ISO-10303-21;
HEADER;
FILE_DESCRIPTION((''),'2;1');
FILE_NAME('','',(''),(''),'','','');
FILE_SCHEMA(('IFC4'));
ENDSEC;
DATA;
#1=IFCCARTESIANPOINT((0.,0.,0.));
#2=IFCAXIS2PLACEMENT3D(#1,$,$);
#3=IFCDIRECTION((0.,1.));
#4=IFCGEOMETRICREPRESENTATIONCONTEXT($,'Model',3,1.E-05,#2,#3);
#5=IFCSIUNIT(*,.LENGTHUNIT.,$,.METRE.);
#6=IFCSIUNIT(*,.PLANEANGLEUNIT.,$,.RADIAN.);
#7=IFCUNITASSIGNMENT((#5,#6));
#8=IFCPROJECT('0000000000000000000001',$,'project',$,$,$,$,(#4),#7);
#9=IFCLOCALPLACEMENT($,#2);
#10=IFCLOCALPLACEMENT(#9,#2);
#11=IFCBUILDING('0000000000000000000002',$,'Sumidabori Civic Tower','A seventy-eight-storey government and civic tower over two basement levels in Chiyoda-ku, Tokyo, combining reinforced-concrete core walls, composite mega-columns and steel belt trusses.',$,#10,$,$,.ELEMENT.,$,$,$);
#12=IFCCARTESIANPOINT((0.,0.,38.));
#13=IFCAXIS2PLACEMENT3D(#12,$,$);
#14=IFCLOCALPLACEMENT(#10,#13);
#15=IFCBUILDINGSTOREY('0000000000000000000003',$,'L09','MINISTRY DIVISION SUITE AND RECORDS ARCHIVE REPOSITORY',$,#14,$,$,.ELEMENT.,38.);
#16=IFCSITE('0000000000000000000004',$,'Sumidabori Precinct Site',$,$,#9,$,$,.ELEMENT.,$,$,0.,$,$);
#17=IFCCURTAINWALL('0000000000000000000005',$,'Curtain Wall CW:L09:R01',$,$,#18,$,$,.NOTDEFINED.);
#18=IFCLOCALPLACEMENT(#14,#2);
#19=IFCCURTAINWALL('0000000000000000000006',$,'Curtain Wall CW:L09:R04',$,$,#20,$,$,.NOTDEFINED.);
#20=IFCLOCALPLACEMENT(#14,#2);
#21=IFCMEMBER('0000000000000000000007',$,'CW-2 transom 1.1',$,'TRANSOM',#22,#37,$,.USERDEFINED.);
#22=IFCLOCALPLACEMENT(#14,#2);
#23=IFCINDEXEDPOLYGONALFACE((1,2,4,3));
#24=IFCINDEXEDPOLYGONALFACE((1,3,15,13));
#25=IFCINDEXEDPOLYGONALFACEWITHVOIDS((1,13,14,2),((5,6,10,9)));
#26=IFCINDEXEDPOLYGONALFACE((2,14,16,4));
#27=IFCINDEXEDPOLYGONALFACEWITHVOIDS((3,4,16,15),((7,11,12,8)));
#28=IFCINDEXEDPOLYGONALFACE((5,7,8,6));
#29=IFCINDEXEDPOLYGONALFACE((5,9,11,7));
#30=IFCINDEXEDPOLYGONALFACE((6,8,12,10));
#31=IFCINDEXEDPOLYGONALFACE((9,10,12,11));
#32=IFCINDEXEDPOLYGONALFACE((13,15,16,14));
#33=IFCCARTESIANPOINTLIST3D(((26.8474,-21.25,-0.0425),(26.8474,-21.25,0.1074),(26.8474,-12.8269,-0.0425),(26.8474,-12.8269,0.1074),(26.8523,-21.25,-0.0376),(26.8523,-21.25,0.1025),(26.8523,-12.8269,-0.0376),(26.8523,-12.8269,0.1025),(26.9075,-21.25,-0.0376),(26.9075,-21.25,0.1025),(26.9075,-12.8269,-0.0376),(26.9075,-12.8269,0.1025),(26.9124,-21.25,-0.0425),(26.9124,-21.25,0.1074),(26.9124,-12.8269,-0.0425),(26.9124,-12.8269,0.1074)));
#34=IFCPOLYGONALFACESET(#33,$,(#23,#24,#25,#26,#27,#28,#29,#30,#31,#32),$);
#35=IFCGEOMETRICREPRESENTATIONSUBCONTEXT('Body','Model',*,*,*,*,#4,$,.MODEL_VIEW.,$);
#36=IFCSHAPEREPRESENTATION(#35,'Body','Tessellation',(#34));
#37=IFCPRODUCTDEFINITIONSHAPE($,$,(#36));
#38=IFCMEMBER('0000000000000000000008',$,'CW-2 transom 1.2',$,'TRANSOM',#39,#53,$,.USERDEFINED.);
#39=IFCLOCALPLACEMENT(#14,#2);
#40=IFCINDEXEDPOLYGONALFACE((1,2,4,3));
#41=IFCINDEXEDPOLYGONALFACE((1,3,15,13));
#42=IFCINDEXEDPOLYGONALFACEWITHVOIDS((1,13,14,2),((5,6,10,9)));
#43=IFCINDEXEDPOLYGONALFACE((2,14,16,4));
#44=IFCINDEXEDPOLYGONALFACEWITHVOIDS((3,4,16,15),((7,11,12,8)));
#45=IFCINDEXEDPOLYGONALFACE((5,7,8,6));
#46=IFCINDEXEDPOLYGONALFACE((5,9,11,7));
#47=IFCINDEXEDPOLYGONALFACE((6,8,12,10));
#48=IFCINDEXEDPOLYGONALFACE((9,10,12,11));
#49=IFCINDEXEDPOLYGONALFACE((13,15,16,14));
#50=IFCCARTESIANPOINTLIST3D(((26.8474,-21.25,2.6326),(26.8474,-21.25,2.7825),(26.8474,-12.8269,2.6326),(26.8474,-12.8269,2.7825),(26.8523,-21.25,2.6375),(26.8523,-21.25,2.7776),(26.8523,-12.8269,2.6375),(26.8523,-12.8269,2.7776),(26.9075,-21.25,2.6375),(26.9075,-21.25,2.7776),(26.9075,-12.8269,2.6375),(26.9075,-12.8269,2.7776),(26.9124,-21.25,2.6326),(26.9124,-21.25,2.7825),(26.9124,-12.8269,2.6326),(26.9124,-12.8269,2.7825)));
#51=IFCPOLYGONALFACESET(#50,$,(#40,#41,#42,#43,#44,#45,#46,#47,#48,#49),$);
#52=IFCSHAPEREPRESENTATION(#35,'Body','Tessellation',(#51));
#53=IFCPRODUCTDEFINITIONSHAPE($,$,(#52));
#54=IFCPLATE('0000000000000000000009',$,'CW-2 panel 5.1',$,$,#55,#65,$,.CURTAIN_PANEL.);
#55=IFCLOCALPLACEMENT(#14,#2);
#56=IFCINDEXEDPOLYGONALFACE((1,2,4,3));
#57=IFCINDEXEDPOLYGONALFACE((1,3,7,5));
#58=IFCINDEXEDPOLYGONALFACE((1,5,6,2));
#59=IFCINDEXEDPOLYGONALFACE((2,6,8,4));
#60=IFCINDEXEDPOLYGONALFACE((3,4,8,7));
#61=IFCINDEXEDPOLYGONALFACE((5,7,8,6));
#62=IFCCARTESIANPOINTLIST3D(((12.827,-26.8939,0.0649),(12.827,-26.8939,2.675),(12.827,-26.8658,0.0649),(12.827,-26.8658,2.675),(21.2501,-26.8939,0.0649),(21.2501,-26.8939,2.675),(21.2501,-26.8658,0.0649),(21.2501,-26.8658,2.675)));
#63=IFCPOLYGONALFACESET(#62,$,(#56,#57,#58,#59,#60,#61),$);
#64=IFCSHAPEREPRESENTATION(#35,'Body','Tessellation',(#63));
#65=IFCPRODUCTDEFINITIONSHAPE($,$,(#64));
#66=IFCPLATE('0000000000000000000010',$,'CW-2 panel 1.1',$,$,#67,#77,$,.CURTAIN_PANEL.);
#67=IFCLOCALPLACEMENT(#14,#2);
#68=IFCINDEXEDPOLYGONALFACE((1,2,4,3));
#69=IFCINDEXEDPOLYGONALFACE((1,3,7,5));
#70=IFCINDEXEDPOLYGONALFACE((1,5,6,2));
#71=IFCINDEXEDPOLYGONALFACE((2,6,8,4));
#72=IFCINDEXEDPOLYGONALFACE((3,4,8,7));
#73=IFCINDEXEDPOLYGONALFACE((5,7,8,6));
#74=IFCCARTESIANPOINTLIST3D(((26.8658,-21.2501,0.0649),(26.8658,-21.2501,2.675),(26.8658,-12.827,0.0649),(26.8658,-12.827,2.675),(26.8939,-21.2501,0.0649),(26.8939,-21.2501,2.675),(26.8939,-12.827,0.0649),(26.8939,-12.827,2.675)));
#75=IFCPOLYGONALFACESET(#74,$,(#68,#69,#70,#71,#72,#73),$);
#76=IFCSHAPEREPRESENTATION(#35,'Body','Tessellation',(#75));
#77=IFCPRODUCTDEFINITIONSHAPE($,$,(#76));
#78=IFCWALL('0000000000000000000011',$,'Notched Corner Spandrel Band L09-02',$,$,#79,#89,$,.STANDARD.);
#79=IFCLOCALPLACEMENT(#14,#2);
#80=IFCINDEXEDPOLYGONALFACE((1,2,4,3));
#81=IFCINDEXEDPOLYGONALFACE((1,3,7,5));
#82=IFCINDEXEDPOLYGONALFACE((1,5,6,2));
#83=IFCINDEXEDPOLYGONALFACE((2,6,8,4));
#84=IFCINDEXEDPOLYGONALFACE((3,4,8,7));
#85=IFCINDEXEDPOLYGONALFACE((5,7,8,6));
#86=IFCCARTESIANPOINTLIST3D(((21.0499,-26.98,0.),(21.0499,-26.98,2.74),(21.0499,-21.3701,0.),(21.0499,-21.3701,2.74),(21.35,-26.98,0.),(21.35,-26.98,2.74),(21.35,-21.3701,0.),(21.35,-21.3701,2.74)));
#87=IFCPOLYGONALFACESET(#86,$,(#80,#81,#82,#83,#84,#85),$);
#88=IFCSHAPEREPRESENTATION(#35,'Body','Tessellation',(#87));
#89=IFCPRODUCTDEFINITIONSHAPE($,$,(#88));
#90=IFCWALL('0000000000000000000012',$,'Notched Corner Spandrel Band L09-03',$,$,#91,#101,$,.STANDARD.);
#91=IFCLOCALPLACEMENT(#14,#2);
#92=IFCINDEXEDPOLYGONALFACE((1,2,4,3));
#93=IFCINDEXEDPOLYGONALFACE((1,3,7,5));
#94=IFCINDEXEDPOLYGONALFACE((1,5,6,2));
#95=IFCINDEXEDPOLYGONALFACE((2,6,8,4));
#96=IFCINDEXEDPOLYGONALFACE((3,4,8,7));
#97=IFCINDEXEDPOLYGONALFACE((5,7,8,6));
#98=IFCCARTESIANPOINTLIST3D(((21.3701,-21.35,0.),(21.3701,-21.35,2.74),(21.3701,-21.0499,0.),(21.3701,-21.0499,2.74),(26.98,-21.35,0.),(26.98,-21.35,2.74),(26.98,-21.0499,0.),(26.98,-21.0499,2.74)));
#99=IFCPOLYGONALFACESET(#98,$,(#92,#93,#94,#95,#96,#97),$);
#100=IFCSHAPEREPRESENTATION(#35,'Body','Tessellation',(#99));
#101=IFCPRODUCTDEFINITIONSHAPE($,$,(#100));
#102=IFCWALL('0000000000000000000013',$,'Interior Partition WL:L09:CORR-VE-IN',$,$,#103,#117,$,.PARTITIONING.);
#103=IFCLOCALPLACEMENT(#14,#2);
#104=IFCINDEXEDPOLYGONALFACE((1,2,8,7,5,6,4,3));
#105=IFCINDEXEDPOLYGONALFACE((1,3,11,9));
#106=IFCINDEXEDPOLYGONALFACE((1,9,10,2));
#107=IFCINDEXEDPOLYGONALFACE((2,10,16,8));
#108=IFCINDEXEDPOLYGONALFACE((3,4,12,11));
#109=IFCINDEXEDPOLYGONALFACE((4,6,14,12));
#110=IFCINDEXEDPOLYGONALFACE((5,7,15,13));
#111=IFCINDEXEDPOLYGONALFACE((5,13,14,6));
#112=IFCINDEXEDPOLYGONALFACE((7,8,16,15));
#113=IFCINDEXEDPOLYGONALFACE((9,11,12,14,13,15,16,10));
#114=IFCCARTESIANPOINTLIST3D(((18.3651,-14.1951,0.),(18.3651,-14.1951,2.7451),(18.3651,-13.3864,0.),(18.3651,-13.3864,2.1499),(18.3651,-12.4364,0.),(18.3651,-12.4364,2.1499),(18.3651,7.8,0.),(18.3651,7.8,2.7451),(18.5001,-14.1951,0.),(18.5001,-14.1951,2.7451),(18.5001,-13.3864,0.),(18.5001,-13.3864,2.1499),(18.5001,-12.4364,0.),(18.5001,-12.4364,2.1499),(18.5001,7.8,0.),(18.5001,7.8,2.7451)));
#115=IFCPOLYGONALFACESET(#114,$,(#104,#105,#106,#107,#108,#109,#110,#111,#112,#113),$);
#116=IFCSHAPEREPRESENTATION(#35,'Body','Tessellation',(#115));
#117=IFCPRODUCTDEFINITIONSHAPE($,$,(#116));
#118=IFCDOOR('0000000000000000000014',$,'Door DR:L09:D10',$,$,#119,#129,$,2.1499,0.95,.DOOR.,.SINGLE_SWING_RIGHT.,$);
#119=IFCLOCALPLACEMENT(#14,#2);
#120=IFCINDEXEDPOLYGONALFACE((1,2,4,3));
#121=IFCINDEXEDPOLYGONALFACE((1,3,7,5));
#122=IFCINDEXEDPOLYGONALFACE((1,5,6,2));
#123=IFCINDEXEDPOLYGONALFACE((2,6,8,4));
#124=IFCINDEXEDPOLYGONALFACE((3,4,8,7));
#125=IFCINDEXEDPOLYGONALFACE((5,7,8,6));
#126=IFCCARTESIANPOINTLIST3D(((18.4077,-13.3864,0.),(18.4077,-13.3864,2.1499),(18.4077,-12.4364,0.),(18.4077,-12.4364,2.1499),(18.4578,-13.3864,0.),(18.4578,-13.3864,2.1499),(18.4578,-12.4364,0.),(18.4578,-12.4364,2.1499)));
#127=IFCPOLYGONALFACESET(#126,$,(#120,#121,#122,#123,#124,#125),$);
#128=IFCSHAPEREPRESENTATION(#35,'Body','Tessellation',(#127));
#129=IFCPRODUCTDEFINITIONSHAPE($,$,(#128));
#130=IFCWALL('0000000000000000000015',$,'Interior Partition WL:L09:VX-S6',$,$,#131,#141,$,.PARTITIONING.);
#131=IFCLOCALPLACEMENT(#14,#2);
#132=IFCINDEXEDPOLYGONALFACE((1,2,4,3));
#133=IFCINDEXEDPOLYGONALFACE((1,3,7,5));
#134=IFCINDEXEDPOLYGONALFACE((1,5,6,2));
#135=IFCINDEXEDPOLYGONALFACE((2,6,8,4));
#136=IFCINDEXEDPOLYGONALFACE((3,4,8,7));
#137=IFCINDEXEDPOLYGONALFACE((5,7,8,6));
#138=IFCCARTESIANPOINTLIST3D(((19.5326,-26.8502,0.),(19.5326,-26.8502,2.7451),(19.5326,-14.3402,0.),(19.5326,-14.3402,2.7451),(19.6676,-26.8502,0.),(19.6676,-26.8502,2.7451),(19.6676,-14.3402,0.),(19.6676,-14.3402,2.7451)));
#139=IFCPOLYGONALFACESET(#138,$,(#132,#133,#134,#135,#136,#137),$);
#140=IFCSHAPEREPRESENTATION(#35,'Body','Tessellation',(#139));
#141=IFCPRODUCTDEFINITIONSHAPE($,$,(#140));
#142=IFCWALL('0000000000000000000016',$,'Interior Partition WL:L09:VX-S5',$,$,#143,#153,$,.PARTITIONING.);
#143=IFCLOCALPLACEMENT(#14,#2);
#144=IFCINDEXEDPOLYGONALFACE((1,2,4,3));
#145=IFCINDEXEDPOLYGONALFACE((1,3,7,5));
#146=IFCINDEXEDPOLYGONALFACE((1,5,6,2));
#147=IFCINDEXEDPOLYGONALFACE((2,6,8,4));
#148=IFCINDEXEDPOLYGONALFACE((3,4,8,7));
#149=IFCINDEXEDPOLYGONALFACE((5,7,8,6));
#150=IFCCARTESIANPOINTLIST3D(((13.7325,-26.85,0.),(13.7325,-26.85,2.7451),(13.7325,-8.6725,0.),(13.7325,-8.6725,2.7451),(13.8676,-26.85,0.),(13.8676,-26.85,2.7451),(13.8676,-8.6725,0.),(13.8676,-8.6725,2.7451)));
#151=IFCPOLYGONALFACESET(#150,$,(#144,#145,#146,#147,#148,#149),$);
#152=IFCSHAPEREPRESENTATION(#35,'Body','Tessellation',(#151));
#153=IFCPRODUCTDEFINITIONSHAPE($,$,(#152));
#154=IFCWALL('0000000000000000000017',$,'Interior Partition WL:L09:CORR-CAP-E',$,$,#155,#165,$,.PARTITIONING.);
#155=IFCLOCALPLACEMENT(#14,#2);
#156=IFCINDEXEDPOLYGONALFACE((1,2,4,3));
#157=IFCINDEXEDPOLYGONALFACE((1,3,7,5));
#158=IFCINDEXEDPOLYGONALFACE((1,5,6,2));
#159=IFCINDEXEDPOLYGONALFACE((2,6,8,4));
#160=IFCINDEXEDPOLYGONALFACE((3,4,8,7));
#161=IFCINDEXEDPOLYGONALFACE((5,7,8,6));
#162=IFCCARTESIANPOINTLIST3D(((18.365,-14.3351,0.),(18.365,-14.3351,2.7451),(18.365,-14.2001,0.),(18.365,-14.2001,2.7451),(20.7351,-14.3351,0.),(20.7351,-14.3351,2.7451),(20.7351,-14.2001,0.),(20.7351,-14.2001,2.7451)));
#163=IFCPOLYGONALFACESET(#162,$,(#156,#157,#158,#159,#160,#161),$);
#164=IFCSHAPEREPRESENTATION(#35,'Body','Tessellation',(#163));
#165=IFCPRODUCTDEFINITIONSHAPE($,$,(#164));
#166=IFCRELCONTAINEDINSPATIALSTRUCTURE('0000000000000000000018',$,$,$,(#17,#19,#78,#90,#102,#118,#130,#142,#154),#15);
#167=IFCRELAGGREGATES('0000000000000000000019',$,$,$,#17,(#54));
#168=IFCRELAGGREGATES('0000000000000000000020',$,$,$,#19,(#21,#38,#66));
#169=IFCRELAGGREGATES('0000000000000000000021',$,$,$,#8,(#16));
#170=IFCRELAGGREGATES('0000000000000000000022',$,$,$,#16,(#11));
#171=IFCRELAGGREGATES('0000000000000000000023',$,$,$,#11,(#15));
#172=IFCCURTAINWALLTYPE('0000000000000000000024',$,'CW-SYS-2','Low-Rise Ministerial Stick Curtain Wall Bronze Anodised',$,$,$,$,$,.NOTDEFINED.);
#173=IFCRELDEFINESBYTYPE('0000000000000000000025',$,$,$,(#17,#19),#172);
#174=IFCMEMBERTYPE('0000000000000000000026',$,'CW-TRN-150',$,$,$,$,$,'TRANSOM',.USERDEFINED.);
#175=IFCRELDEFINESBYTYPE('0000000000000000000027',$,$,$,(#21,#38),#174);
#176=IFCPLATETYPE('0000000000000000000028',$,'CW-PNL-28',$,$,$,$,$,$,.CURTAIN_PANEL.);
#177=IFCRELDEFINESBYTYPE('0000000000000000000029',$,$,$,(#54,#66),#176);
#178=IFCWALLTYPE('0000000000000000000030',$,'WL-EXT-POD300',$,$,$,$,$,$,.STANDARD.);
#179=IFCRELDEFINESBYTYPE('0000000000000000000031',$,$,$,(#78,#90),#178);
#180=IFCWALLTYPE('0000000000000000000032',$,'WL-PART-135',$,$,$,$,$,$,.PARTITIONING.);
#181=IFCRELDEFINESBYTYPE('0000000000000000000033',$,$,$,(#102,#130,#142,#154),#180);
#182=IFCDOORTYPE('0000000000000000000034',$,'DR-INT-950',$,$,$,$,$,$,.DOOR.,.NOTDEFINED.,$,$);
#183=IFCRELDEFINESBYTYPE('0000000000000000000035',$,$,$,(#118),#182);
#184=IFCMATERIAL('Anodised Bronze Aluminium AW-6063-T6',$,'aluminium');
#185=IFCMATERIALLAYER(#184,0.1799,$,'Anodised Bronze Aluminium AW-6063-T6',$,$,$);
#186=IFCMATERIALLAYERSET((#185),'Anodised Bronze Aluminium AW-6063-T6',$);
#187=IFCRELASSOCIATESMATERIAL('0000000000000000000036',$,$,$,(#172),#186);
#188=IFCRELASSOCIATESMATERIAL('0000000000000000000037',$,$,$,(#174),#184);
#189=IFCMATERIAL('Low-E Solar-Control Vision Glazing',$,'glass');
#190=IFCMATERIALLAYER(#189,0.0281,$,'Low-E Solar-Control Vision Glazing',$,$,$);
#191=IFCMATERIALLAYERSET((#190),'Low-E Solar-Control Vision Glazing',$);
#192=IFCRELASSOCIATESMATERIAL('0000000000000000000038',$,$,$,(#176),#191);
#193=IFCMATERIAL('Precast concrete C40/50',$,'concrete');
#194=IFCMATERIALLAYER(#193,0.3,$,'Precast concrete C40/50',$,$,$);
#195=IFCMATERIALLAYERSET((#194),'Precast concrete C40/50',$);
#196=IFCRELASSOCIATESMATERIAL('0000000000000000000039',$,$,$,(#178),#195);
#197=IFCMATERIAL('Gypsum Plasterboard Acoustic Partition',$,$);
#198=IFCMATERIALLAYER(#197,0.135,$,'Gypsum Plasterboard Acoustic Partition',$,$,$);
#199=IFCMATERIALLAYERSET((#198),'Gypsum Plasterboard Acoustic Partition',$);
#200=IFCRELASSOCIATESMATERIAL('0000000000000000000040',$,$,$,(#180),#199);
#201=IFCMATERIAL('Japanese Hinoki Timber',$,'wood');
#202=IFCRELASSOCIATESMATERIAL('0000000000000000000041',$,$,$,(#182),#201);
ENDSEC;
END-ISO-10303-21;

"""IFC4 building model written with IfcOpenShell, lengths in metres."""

from ifc_helpers import new_model, si_unit, direction, frame, frame_2d, origin, origin_2d, place, context, subcontext, project, spatial, rectangle, hollow_rectangle, extrude, source, transform, mapped, material, layer, layer_set, material_profile, profile_set, type_object, element, fill, aggregate, save


model = new_model("IFC4")

# Units and contexts
model_context = context("Model", 3, precision=1e-05, world=origin(), true_north=direction((0.0, 1.0)))
body_context = subcontext(model_context, "Body", "Model", "MODEL_VIEW")
ifc_project = project(units=[si_unit("LENGTHUNIT", "METRE"), si_unit("PLANEANGLEUNIT", "RADIAN")], contexts=[model_context])

# Site, building, storey
site_placement = place(None, origin())
site = spatial("IfcSite", under=ifc_project, at=site_placement, Name="Sumidabori Precinct Site", CompositionType="ELEMENT", RefElevation=0.0)
building_placement = place(site_placement, origin())
building = spatial("IfcBuilding", under=site, at=building_placement, Name="Sumidabori Civic Tower", Description="A seventy-eight-storey government and civic tower over two basement levels in Chiyoda-ku, Tokyo, combining reinforced-concrete core walls, composite mega-columns and steel belt trusses.", CompositionType="ELEMENT")
storey_placement = place(building_placement, frame((0.0, 0.0, 38.0)))
storey = spatial("IfcBuildingStorey", under=building, at=storey_placement, Name="L09", Description="MINISTRY DIVISION SUITE AND RECORDS ARCHIVE REPOSITORY", CompositionType="ELEMENT", Elevation=38.0)

# Curtain walls
ifc_material_1 = material(Name="Anodised Bronze Aluminium AW-6063-T6", Category="aluminium")
ifc_layer_1 = layer(ifc_material_1, 0.1799, Name="Anodised Bronze Aluminium AW-6063-T6")
ifc_layer_set_1 = layer_set([ifc_layer_1], Name="Anodised Bronze Aluminium AW-6063-T6")
curtain_wall_type = type_object("IfcCurtainWallType", Name="CW-SYS-2", Description="Low-Rise Ministerial Stick Curtain Wall Bronze Anodised", PredefinedType="NOTDEFINED", material=ifc_layer_set_1)
curtain_wall_1_placement = place(storey_placement, origin())
curtain_wall_1 = element("IfcCurtainWall", 1, at=curtain_wall_1_placement, inside=storey, type_object=curtain_wall_type, Name="Curtain Wall CW:L09:R01", PredefinedType="NOTDEFINED")
curtain_wall_2_placement = place(storey_placement, origin())
curtain_wall_2 = element("IfcCurtainWall", 2, at=curtain_wall_2_placement, inside=storey, type_object=curtain_wall_type, Name="Curtain Wall CW:L09:R04", PredefinedType="NOTDEFINED")

# Members
ifc_material_profile_1 = material_profile(ifc_material_1, hollow_rectangle(XDim=0.0649, YDim=0.1499, WallThickness=0.0049, at=origin_2d()), Name="ALU TRANSOM 150x65")
ifc_profile_set_1 = profile_set([ifc_material_profile_1], Name="Anodised Bronze Aluminium AW-6063-T6")
member_type_1 = type_object("IfcMemberType", Name="CW-TRN-150", ElementType="TRANSOM", PredefinedType="USERDEFINED", material=ifc_profile_set_1)
shared_shape_1 = source(origin(), body_context, "Body", "SweptSolid", [
    extrude(hollow_rectangle(XDim=0.0649, YDim=0.1499, WallThickness=0.0049, at=origin_2d()), origin(), (0.0, 0.0, 1.0), 8.4231),
])
member_1_placement = place(storey_placement, frame((26.8799, -21.25, 0.0325), z_axis=(0.0, 1.0, 0.0), x_axis=(-1.0, 0.0, 0.0)))
member_1 = element("IfcMember", 3, at=member_1_placement, type_object=member_type_1, Name="CW-2 transom 1.1", ObjectType="TRANSOM", PredefinedType="USERDEFINED", context=body_context, shape_type="MappedRepresentation", body=[
    mapped(shared_shape_1, transform((0.0, 0.0, 0.0), x_axis=(1.0, 0.0, 0.0), y_axis=(0.0, 1.0, 0.0), z_axis=(0.0, 0.0, 1.0), scale=1.0)),
])
member_2_placement = place(storey_placement, frame((26.8799, -21.25, 2.7075), z_axis=(0.0, 1.0, 0.0), x_axis=(-1.0, 0.0, 0.0)))
member_2 = element("IfcMember", 4, at=member_2_placement, type_object=member_type_1, Name="CW-2 transom 1.2", ObjectType="TRANSOM", PredefinedType="USERDEFINED", context=body_context, shape_type="MappedRepresentation", body=[
    mapped(shared_shape_1, transform((0.0, 0.0, 0.0), x_axis=(1.0, 0.0, 0.0), y_axis=(0.0, 1.0, 0.0), z_axis=(0.0, 0.0, 1.0), scale=1.0)),
])

# Plates
ifc_material_2 = material(Name="Low-E Solar-Control Vision Glazing", Category="glass")
ifc_layer_2 = layer(ifc_material_2, 0.0281, Name="Low-E Solar-Control Vision Glazing")
ifc_layer_set_2 = layer_set([ifc_layer_2], Name="Low-E Solar-Control Vision Glazing")
plate_type = type_object("IfcPlateType", Name="CW-PNL-28", PredefinedType="CURTAIN_PANEL", material=ifc_layer_set_2)
shared_shape_2 = source(origin(), body_context, "Body", "SweptSolid", [
    extrude(rectangle(XDim=8.4231, YDim=0.0281, at=origin_2d()), origin(), (0.0, 0.0, 1.0), 2.6101),
])
plate_1_placement = place(storey_placement, frame((17.0386, -26.8799, 0.0649), z_axis=(0.0, 0.0, 1.0), x_axis=(1.0, 0.0, 0.0)))
plate_1 = element("IfcPlate", 5, at=plate_1_placement, type_object=plate_type, Name="CW-2 panel 5.1", PredefinedType="CURTAIN_PANEL", context=body_context, shape_type="MappedRepresentation", body=[
    mapped(shared_shape_2, transform((0.0, 0.0, 0.0), x_axis=(1.0, 0.0, 0.0), y_axis=(0.0, 1.0, 0.0), z_axis=(0.0, 0.0, 1.0), scale=1.0)),
])
aggregate(curtain_wall_1, [plate_1])
plate_2_placement = place(storey_placement, frame((26.8799, -17.0386, 0.0649), z_axis=(0.0, 0.0, 1.0), x_axis=(0.0, 1.0, 0.0)))
plate_2 = element("IfcPlate", 6, at=plate_2_placement, type_object=plate_type, Name="CW-2 panel 1.1", PredefinedType="CURTAIN_PANEL", context=body_context, shape_type="MappedRepresentation", body=[
    mapped(shared_shape_2, transform((0.0, 0.0, 0.0), x_axis=(1.0, 0.0, 0.0), y_axis=(0.0, 1.0, 0.0), z_axis=(0.0, 0.0, 1.0), scale=1.0)),
])
aggregate(curtain_wall_2, [member_1, member_2, plate_2])

# Walls
ifc_material_3 = material(Name="Precast concrete C40/50", Category="concrete")
ifc_layer_3 = layer(ifc_material_3, 0.3, Name="Precast concrete C40/50")
ifc_layer_set_3 = layer_set([ifc_layer_3], Name="Precast concrete C40/50")
wall_type_1 = type_object("IfcWallType", Name="WL-EXT-POD300", PredefinedType="STANDARD", material=ifc_layer_set_3)
shared_shape_3 = source(origin(), body_context, "Body", "SweptSolid", [
    extrude(rectangle(XDim=5.6099, YDim=0.3, at=frame_2d((2.8049, 0.0))), origin(), (0.0, 0.0, 1.0), 2.74),
])
for number, where, z_axis, x_axis, name in (
    (7, (21.2, -26.98, 0.0), (0.0, 0.0, 1.0), (0.0, 1.0, 0.0), "Notched Corner Spandrel Band L09-02"),
    (8, (21.3701, -21.2, 0.0), (0.0, 0.0, 1.0), (1.0, 0.0, 0.0), "Notched Corner Spandrel Band L09-03"),
):
    element("IfcWall", number, at=place(storey_placement, frame(where, z_axis=z_axis, x_axis=x_axis)), inside=storey, type_object=wall_type_1, Name=name, PredefinedType="STANDARD", context=body_context, shape_type="MappedRepresentation", body=[
        mapped(shared_shape_3, transform((0.0, 0.0, 0.0), x_axis=(1.0, 0.0, 0.0), y_axis=(0.0, 1.0, 0.0), z_axis=(0.0, 0.0, 1.0), scale=1.0)),
    ])

# Wall, opening, door
ifc_material_4 = material(Name="Gypsum Plasterboard Acoustic Partition")
ifc_layer_4 = layer(ifc_material_4, 0.135, Name="Gypsum Plasterboard Acoustic Partition")
ifc_layer_set_4 = layer_set([ifc_layer_4], Name="Gypsum Plasterboard Acoustic Partition")
wall_type_2 = type_object("IfcWallType", Name="WL-PART-135", PredefinedType="PARTITIONING", material=ifc_layer_set_4)
shared_shape_4 = source(origin(), body_context, "Body", "SweptSolid", [
    extrude(rectangle(XDim=21.9951, YDim=0.135, at=frame_2d((10.9976, 0.0))), origin(), (0.0, 0.0, 1.0), 2.7451),
])
wall_1_placement = place(storey_placement, frame((18.4326, -14.1951, 0.0), z_axis=(0.0, 0.0, 1.0), x_axis=(0.0, 1.0, 0.0)))
wall_1 = element("IfcWall", 9, at=wall_1_placement, inside=storey, type_object=wall_type_2, Name="Interior Partition WL:L09:CORR-VE-IN", PredefinedType="PARTITIONING", context=body_context, shape_type="MappedRepresentation", body=[
    mapped(shared_shape_4, transform((0.0, 0.0, 0.0), x_axis=(1.0, 0.0, 0.0), y_axis=(0.0, 1.0, 0.0), z_axis=(0.0, 0.0, 1.0), scale=1.0)),
])
opening_placement = place(wall_1_placement, frame((0.8086, 0.0, 0.0)))
opening = element("IfcOpeningElement", 10, at=opening_placement, cuts=wall_1, PredefinedType="OPENING", context=body_context, shape_type="SweptSolid", body=[
    extrude(rectangle(XDim=0.95, YDim=2.1499, at=frame_2d((0.4751, 1.075))), frame((0.0, 0.0796, 0.0), z_axis=(0.0, -1.0, 0.0), x_axis=(1.0, 0.0, 0.0)), (0.0, 0.0, 1.0), 0.1589),
])
ifc_material_5 = material(Name="Japanese Hinoki Timber", Category="wood")
door_type = type_object("IfcDoorType", Name="DR-INT-950", OperationType="NOTDEFINED", PredefinedType="DOOR", material=ifc_material_5)
shared_shape_5 = source(origin(), body_context, "Body", "SweptSolid", [
    extrude(rectangle(XDim=0.95, YDim=2.1499, at=frame_2d((0.4751, 1.075))), frame((0.0, 0.0249, 0.0), z_axis=(0.0, -1.0, 0.0), x_axis=(1.0, 0.0, 0.0)), (0.0, 0.0, 1.0), 0.05),
])
door_placement = place(opening_placement, origin())
door = element("IfcDoor", 11, at=door_placement, inside=storey, type_object=door_type, Name="Door DR:L09:D10", OperationType="SINGLE_SWING_RIGHT", OverallHeight=2.1499, OverallWidth=0.95, PredefinedType="DOOR", context=body_context, shape_type="MappedRepresentation", body=[
    mapped(shared_shape_5, transform((0.0, 0.0, 0.0), x_axis=(1.0, 0.0, 0.0), y_axis=(0.0, 1.0, 0.0), z_axis=(0.0, 0.0, 1.0), scale=1.0)),
])
fill(opening, door)

# Walls
shared_shape_6 = source(origin(), body_context, "Body", "SweptSolid", [
    extrude(rectangle(XDim=12.51, YDim=0.135, at=frame_2d((6.2549, 0.0))), origin(), (0.0, 0.0, 1.0), 2.7451),
])
wall_2_placement = place(storey_placement, frame((19.6001, -26.8501, 0.0), z_axis=(0.0, 0.0, 1.0), x_axis=(0.0, 1.0, 0.0)))
element("IfcWall", 12, at=wall_2_placement, inside=storey, type_object=wall_type_2, Name="Interior Partition WL:L09:VX-S6", PredefinedType="PARTITIONING", context=body_context, shape_type="MappedRepresentation", body=[
    mapped(shared_shape_6, transform((0.0, 0.0, 0.0), x_axis=(1.0, 0.0, 0.0), y_axis=(0.0, 1.0, 0.0), z_axis=(0.0, 0.0, 1.0), scale=1.0)),
])
shared_shape_7 = source(origin(), body_context, "Body", "SweptSolid", [
    extrude(rectangle(XDim=18.1775, YDim=0.135, at=frame_2d((9.0889, 0.0))), origin(), (0.0, 0.0, 1.0), 2.7451),
])
wall_3_placement = place(storey_placement, frame((13.8, -26.8501, 0.0), z_axis=(0.0, 0.0, 1.0), x_axis=(0.0, 1.0, 0.0)))
element("IfcWall", 13, at=wall_3_placement, inside=storey, type_object=wall_type_2, Name="Interior Partition WL:L09:VX-S5", PredefinedType="PARTITIONING", context=body_context, shape_type="MappedRepresentation", body=[
    mapped(shared_shape_7, transform((0.0, 0.0, 0.0), x_axis=(1.0, 0.0, 0.0), y_axis=(0.0, 1.0, 0.0), z_axis=(0.0, 0.0, 1.0), scale=1.0)),
])
shared_shape_8 = source(origin(), body_context, "Body", "SweptSolid", [
    extrude(rectangle(XDim=2.3701, YDim=0.135, at=frame_2d((1.1851, 0.0))), origin(), (0.0, 0.0, 1.0), 2.7451),
])
wall_4_placement = place(storey_placement, frame((18.365, -14.2676, 0.0), z_axis=(0.0, 0.0, 1.0), x_axis=(1.0, 0.0, 0.0)))
element("IfcWall", 14, at=wall_4_placement, inside=storey, type_object=wall_type_2, Name="Interior Partition WL:L09:CORR-CAP-E", PredefinedType="PARTITIONING", context=body_context, shape_type="MappedRepresentation", body=[
    mapped(shared_shape_8, transform((0.0, 0.0, 0.0), x_axis=(1.0, 0.0, 0.0), y_axis=(0.0, 1.0, 0.0), z_axis=(0.0, 0.0, 1.0), scale=1.0)),
])

save(model, "model.ifc")
